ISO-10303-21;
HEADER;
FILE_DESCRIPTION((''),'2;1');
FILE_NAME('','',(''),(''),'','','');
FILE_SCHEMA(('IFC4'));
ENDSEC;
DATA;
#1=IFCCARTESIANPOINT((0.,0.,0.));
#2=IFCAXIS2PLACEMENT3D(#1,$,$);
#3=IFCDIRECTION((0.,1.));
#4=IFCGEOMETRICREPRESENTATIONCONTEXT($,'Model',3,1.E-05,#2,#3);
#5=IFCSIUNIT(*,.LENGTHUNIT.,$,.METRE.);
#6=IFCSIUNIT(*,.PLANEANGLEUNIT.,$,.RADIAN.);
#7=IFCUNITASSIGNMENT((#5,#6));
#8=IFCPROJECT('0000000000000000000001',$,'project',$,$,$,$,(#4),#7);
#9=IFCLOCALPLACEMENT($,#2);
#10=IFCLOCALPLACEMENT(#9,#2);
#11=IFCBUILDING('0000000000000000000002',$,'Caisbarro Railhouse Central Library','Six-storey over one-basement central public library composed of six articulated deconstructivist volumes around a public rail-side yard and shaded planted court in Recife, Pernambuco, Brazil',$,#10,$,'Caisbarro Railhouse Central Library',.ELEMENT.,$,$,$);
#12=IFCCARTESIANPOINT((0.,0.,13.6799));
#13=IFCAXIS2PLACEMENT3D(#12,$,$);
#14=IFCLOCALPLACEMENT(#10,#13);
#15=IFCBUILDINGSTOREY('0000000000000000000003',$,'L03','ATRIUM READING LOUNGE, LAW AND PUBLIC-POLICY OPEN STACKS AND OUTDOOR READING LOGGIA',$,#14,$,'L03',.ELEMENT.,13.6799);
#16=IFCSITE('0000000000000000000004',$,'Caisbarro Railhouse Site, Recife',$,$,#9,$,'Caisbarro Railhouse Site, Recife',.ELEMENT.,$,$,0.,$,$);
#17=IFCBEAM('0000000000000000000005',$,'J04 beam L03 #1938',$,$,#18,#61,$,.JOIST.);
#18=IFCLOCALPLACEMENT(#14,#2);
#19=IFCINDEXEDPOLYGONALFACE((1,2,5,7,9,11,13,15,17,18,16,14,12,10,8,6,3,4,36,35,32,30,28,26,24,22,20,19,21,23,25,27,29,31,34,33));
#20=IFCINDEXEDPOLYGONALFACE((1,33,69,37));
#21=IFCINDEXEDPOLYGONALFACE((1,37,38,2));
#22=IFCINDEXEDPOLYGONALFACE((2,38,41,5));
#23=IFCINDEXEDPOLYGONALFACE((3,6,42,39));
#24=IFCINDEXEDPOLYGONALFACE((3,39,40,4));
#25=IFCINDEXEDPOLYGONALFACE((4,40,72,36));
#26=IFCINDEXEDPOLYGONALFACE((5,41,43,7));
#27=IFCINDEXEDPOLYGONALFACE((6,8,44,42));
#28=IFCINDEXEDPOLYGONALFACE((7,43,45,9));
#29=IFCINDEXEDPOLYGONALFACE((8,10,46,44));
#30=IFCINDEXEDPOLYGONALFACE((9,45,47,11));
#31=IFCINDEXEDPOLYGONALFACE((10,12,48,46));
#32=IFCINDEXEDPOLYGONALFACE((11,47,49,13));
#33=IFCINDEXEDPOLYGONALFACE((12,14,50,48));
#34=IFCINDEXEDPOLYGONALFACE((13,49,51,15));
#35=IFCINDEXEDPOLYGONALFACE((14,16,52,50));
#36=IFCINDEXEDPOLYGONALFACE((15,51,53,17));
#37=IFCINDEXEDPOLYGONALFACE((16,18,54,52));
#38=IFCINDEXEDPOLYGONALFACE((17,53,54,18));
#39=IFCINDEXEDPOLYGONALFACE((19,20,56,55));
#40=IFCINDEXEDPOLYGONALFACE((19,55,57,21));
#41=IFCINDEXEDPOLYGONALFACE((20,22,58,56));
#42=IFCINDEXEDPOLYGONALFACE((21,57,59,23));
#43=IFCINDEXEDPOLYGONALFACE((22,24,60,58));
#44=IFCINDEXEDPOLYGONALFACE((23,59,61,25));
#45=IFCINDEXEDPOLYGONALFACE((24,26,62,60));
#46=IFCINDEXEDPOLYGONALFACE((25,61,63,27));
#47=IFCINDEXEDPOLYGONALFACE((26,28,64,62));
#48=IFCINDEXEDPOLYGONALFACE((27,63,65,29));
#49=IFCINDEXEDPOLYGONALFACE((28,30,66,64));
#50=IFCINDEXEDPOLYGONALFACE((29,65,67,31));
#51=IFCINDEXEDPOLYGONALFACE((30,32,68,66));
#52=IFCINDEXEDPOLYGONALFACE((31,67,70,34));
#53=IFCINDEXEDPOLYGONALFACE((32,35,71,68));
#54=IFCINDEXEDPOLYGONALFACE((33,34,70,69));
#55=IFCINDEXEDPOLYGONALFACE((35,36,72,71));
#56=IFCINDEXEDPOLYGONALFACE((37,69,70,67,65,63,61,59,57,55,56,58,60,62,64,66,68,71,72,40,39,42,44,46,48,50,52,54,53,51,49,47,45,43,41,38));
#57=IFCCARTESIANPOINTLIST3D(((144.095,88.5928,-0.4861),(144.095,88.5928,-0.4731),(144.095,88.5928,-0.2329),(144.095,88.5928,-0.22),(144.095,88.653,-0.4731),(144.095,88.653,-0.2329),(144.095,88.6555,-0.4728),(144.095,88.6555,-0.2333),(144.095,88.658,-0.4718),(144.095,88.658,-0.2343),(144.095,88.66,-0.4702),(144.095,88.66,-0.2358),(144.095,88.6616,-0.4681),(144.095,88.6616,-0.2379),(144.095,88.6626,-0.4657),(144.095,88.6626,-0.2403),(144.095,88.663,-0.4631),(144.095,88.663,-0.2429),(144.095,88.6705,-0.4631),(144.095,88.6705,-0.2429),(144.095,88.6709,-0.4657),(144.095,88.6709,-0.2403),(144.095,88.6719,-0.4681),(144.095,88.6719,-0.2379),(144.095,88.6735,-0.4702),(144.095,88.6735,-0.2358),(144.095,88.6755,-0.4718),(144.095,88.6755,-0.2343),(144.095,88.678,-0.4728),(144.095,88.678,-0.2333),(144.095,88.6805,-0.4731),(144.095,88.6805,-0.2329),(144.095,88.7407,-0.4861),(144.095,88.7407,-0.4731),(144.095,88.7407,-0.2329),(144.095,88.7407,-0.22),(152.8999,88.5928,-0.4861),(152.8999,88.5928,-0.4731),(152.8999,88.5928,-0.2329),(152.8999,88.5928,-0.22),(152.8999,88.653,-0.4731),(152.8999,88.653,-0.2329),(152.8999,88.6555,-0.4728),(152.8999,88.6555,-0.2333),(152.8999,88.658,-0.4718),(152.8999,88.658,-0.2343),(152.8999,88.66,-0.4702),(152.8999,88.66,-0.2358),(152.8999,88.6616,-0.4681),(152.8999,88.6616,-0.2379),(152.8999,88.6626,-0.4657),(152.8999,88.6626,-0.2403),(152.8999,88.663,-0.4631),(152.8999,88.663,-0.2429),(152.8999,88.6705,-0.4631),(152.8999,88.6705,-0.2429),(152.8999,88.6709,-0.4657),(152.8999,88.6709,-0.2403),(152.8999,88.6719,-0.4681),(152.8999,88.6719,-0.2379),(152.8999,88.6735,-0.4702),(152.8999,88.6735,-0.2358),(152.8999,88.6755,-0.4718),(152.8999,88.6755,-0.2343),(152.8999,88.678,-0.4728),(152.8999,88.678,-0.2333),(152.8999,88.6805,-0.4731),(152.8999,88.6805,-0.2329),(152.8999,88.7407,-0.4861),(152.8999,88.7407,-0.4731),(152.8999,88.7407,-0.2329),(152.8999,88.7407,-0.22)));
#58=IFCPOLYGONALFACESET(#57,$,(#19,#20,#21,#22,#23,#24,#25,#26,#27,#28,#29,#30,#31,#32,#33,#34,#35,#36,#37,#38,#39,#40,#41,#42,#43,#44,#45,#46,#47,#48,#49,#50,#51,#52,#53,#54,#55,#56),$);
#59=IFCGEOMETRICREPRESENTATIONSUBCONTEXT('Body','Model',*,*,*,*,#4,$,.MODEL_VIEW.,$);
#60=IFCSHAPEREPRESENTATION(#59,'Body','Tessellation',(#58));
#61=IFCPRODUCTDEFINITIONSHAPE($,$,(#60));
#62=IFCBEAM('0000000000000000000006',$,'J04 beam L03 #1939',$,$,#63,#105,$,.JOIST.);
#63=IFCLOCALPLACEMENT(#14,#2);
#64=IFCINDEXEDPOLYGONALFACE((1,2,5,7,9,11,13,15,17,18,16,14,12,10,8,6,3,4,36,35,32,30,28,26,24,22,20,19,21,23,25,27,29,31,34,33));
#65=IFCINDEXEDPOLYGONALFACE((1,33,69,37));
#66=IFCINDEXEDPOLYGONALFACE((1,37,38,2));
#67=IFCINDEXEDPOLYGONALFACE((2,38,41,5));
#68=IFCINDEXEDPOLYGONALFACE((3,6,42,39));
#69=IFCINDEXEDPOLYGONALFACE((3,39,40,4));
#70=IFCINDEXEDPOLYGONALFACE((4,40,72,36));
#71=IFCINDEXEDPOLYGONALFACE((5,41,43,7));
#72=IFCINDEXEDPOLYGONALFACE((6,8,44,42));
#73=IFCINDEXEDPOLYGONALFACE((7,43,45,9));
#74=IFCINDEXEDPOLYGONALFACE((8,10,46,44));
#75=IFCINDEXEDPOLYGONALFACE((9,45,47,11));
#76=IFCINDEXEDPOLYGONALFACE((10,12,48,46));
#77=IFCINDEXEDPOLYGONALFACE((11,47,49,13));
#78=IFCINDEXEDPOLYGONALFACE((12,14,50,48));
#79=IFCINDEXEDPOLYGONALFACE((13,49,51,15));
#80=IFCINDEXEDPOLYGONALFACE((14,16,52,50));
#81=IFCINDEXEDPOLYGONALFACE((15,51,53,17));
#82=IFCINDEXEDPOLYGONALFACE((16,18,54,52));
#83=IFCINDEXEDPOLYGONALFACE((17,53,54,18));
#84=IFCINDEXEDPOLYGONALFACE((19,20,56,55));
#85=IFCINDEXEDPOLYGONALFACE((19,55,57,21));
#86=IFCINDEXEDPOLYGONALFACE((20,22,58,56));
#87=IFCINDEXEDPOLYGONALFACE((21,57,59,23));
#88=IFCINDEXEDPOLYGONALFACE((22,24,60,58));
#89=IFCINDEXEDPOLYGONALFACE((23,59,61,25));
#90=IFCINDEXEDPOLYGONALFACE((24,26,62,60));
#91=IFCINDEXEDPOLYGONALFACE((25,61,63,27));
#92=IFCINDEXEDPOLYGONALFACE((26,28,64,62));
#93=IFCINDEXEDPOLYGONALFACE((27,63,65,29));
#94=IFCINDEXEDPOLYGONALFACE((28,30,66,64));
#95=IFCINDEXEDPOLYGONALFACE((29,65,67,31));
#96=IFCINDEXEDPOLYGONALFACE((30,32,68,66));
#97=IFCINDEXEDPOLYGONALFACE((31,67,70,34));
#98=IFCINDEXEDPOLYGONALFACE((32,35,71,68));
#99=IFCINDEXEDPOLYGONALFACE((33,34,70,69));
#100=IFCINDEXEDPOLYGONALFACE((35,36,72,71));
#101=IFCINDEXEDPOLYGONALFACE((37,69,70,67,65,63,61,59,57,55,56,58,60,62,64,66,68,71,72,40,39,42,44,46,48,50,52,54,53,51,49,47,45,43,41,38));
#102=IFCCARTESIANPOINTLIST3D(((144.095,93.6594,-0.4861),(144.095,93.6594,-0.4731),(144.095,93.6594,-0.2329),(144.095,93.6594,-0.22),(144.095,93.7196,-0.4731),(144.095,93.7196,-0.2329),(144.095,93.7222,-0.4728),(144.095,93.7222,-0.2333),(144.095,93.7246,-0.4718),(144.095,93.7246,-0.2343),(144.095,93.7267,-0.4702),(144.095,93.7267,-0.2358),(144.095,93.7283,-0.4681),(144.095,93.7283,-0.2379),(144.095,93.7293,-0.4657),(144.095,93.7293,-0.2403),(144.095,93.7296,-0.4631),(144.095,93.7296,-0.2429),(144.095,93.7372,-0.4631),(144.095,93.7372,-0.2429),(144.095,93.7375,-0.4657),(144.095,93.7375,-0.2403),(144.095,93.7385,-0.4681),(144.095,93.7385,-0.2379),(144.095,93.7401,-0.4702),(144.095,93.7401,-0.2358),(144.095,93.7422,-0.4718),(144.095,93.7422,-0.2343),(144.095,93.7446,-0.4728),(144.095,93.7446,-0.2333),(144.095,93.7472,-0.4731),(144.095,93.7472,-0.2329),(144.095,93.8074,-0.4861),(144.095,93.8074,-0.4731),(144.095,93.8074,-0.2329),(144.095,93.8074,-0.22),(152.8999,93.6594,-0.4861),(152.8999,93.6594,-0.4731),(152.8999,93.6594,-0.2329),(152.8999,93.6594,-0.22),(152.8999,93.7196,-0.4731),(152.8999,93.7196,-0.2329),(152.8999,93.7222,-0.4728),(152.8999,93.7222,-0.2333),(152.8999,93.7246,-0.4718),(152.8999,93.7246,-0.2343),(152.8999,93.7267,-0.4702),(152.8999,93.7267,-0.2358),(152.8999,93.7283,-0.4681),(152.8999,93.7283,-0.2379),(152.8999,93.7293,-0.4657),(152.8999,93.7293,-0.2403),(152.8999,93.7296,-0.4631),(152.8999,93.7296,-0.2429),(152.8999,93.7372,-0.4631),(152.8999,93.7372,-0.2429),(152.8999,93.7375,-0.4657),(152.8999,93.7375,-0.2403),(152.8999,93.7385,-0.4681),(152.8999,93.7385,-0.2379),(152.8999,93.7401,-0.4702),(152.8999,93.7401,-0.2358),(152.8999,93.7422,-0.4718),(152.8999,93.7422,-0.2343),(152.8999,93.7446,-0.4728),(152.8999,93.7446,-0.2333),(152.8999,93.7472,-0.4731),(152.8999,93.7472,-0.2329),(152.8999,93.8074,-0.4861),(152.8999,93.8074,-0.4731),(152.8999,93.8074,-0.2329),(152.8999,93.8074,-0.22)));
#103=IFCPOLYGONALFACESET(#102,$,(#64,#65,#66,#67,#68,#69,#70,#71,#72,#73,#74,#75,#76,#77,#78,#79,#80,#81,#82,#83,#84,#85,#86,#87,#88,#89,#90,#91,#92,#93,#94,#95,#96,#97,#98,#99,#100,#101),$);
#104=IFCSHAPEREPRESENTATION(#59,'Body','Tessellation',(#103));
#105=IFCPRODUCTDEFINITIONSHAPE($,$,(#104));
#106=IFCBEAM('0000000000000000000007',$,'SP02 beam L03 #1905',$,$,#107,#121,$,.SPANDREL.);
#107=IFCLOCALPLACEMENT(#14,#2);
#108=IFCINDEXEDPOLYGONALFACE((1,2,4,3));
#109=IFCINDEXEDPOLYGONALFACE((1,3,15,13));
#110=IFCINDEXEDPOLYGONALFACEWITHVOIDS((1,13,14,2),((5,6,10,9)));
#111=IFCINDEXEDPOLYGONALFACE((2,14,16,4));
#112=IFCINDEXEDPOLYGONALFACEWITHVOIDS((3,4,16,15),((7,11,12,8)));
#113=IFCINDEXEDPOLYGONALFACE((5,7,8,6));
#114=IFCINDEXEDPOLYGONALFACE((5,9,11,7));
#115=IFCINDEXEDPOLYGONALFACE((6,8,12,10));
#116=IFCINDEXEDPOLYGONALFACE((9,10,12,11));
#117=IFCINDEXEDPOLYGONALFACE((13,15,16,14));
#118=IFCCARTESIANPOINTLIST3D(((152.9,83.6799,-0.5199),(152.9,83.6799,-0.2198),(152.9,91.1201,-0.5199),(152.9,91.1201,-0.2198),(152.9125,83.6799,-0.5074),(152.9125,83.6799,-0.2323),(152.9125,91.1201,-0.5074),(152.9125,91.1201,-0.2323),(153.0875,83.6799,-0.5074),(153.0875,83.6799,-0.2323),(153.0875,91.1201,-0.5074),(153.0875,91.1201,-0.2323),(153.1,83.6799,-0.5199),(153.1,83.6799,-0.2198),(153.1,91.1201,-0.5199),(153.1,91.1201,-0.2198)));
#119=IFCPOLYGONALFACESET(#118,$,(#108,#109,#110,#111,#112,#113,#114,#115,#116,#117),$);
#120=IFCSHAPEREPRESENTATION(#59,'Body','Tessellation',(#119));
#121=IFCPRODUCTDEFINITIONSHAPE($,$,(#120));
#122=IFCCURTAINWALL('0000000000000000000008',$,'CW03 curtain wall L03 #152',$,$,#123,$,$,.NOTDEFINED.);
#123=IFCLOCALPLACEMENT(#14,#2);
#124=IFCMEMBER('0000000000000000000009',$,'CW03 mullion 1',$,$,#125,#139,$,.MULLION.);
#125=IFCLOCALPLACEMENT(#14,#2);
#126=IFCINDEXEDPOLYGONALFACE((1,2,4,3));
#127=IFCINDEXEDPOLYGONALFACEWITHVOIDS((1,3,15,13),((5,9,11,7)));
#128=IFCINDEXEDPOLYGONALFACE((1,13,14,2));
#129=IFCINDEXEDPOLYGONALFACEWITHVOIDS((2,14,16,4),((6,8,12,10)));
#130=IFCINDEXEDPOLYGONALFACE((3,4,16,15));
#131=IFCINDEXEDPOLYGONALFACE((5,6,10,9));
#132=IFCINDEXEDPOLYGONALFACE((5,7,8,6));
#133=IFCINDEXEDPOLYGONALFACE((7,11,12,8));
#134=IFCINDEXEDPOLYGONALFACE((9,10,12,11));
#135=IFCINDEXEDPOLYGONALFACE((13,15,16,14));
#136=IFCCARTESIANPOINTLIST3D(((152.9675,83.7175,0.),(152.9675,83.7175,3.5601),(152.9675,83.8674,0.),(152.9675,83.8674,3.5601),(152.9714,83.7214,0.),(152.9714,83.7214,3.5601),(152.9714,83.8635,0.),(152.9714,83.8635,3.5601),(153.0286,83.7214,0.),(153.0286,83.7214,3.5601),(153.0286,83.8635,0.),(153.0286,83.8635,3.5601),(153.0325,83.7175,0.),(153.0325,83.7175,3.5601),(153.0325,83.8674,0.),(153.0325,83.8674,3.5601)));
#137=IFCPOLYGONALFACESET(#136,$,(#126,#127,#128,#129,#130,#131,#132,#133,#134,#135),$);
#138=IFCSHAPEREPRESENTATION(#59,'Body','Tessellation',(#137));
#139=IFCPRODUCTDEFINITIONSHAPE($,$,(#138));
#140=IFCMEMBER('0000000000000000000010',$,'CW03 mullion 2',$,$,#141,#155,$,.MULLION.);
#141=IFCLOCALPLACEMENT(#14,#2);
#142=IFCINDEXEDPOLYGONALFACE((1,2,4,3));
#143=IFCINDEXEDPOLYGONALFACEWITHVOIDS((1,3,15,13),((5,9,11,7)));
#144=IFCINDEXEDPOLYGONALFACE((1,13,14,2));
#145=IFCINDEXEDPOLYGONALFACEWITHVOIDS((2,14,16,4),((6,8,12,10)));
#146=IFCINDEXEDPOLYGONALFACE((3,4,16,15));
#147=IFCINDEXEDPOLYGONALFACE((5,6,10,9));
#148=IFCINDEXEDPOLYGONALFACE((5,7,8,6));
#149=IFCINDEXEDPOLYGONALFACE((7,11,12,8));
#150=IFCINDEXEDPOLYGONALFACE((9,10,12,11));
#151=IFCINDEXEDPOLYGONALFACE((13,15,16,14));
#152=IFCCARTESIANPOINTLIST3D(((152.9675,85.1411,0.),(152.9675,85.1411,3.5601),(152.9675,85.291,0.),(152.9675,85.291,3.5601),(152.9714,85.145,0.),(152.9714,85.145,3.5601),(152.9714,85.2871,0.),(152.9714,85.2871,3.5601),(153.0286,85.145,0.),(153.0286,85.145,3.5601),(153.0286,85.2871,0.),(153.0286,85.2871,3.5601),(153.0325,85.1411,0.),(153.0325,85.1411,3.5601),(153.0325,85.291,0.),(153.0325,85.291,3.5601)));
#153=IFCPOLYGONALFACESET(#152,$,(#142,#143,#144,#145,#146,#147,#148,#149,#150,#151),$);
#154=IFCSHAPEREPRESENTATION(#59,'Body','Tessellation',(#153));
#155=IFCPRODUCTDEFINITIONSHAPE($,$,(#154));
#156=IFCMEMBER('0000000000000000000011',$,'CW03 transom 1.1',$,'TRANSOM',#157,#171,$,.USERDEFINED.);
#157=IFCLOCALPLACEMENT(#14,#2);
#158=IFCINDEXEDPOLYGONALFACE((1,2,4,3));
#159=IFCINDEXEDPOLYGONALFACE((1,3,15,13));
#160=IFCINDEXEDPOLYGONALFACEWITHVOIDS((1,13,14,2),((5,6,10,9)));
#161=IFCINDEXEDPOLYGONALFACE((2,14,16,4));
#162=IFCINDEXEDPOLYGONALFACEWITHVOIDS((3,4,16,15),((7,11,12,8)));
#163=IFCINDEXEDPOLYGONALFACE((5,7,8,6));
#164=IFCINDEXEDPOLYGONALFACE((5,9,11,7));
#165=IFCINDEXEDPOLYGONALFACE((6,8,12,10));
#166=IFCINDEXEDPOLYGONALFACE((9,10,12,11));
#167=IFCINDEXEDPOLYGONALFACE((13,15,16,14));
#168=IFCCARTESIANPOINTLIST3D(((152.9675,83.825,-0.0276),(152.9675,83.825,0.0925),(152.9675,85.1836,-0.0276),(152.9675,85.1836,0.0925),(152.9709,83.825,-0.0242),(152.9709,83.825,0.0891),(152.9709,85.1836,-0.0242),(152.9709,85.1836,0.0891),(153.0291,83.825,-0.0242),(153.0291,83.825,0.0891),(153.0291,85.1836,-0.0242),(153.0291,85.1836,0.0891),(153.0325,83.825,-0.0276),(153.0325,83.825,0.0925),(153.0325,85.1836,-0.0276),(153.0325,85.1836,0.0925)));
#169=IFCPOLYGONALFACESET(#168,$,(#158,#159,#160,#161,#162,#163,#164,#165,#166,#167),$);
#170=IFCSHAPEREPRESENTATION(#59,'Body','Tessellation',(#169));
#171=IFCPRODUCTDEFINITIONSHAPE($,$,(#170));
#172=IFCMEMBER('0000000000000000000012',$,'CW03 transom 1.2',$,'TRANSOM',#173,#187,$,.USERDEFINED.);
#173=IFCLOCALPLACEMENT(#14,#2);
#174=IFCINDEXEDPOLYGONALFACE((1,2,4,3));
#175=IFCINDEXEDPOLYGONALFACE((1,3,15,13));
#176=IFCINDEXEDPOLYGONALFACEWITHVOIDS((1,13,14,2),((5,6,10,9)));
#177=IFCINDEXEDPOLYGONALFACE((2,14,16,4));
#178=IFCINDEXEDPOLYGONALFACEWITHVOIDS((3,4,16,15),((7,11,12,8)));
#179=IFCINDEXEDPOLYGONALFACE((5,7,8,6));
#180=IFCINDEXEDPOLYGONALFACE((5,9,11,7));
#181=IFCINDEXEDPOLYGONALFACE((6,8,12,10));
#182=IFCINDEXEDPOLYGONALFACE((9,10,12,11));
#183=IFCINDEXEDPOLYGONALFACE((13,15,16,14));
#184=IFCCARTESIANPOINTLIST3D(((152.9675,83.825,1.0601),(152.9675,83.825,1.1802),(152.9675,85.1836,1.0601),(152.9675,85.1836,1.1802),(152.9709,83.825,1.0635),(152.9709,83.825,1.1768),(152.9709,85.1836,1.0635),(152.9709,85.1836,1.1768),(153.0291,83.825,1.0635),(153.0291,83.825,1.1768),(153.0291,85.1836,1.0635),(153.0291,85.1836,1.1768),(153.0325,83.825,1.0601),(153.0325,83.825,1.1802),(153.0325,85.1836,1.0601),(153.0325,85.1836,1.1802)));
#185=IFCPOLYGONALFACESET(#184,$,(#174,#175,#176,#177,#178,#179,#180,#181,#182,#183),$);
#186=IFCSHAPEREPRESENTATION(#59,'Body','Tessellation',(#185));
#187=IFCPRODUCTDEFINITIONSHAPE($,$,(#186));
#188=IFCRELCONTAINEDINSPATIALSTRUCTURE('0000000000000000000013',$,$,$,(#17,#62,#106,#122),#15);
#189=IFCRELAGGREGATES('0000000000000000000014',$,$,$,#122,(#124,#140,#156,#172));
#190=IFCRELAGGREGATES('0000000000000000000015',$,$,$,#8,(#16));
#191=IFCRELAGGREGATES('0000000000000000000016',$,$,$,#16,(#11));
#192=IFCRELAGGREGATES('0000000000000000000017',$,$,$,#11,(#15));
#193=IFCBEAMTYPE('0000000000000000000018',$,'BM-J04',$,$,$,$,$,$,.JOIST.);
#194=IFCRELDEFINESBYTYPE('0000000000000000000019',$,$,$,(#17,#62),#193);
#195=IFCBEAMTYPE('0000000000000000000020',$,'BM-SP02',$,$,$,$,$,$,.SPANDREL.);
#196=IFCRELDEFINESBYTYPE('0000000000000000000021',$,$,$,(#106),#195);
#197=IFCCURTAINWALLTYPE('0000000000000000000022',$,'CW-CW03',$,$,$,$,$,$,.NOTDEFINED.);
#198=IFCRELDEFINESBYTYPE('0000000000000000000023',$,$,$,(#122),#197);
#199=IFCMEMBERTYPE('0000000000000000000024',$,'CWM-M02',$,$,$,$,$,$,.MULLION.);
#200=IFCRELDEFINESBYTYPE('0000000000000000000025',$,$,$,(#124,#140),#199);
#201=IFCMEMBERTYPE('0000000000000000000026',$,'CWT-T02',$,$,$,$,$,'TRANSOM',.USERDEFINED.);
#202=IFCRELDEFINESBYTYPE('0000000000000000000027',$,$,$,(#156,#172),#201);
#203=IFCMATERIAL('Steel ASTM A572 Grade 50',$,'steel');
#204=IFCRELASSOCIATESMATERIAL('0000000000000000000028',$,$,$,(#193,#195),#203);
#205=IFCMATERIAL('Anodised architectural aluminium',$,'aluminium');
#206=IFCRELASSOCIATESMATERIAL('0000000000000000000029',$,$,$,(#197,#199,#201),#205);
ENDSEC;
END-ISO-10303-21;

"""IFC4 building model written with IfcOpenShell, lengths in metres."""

from ifc_helpers import new_model, si_unit, direction, frame, origin, origin_2d, place, context, subcontext, project, spatial, hollow_rectangle, i_section, extrude, material, material_profile, profile_set, type_object, element, aggregate, save


model = new_model("IFC4")

# Units and contexts
model_context = context("Model", 3, precision=1e-05, world=origin(), true_north=direction((0.0, 1.0)))
body_context = subcontext(model_context, "Body", "Model", "MODEL_VIEW")
ifc_project = project(units=[si_unit("LENGTHUNIT", "METRE"), si_unit("PLANEANGLEUNIT", "RADIAN")], contexts=[model_context])

# Site, building, storey
site_placement = place(None, origin())
site = spatial("IfcSite", under=ifc_project, at=site_placement, Name="Caisbarro Railhouse Site, Recife", LongName="Caisbarro Railhouse Site, Recife", CompositionType="ELEMENT", RefElevation=0.0)
building_placement = place(site_placement, origin())
building = spatial("IfcBuilding", under=site, at=building_placement, Name="Caisbarro Railhouse Central Library", Description="Six-storey over one-basement central public library composed of six articulated deconstructivist volumes around a public rail-side yard and shaded planted court in Recife, Pernambuco, Brazil", LongName="Caisbarro Railhouse Central Library", CompositionType="ELEMENT")
storey_placement = place(building_placement, frame((0.0, 0.0, 13.6799)))
storey = spatial("IfcBuildingStorey", under=building, at=storey_placement, Name="L03", Description="ATRIUM READING LOUNGE, LAW AND PUBLIC-POLICY OPEN STACKS AND OUTDOOR READING LOGGIA", LongName="L03", CompositionType="ELEMENT", Elevation=13.6799)

# Shared definitions
ifc_material_1 = material(Name="Steel ASTM A572 Grade 50", Category="steel")

# Beams
ifc_material_profile_1 = material_profile(ifc_material_1, i_section(OverallWidth=0.1479, OverallDepth=0.2661, WebThickness=0.0076, FlangeThickness=0.0129, FilletRadius=0.01, at=origin_2d()), Name="W250X44.8")
ifc_profile_set_1 = profile_set([ifc_material_profile_1], Name="Steel ASTM A572 Grade 50")
beam_type_1 = type_object("IfcBeamType", Name="BM-J04", PredefinedType="JOIST", material=ifc_profile_set_1)
for number, where, z_axis, x_axis, name in (
    (1, (144.095, 88.6667, -0.353), (1.0, 0.0, 0.0), (0.0, 1.0, 0.0), "J04 beam L03 #1938"),
    (2, (144.095, 93.7334, -0.353), (1.0, 0.0, 0.0), (0.0, 1.0, 0.0), "J04 beam L03 #1939"),
):
    element("IfcBeam", number, at=place(storey_placement, frame(where, z_axis=z_axis, x_axis=x_axis)), inside=storey, type_object=beam_type_1, Name=name, PredefinedType="JOIST", context=body_context, shape_type="SweptSolid", body=[
        extrude(i_section(OverallWidth=0.1479, OverallDepth=0.2661, WebThickness=0.0076, FlangeThickness=0.0129, FilletRadius=0.01, at=origin_2d()), origin(), (0.0, 0.0, 1.0), 8.8049),
    ])
ifc_material_profile_2 = material_profile(ifc_material_1, hollow_rectangle(XDim=0.2, YDim=0.3, WallThickness=0.0125, at=origin_2d()), Name="HSS300X200X12.5")
ifc_profile_set_2 = profile_set([ifc_material_profile_2], Name="Steel ASTM A572 Grade 50")
beam_type_2 = type_object("IfcBeamType", Name="BM-SP02", PredefinedType="SPANDREL", material=ifc_profile_set_2)
beam_1_placement = place(storey_placement, frame((153.0, 83.6799, -0.3699), z_axis=(0.0, 1.0, 0.0), x_axis=(-1.0, 0.0, 0.0)))
element("IfcBeam", 3, at=beam_1_placement, inside=storey, type_object=beam_type_2, Name="SP02 beam L03 #1905", PredefinedType="SPANDREL", context=body_context, shape_type="SweptSolid", body=[
    extrude(hollow_rectangle(XDim=0.2, YDim=0.3, WallThickness=0.0125, at=origin_2d()), origin(), (0.0, 0.0, 1.0), 7.4402),
])

# Curtain wall, members
ifc_material_2 = material(Name="Anodised architectural aluminium", Category="aluminium")
curtain_wall_type = type_object("IfcCurtainWallType", Name="CW-CW03", PredefinedType="NOTDEFINED", material=ifc_material_2)
curtain_wall_placement = place(storey_placement, origin())
curtain_wall = element("IfcCurtainWall", 4, at=curtain_wall_placement, inside=storey, type_object=curtain_wall_type, Name="CW03 curtain wall L03 #152", PredefinedType="NOTDEFINED")
ifc_material_profile_3 = material_profile(ifc_material_2, hollow_rectangle(XDim=0.0649, YDim=0.1499, WallThickness=0.0039, at=origin_2d()), Name="ALU-MUL-65X150")
ifc_profile_set_3 = profile_set([ifc_material_profile_3], Name="Anodised architectural aluminium")
member_type_1 = type_object("IfcMemberType", Name="CWM-M02", PredefinedType="MULLION", material=ifc_profile_set_3)
member_1_placement = place(storey_placement, frame((153.0, 83.7925, 0.0), z_axis=(0.0, 0.0, 1.0), x_axis=(-1.0, 0.0, 0.0)))
member_1 = element("IfcMember", 5, at=member_1_placement, type_object=member_type_1, Name="CW03 mullion 1", PredefinedType="MULLION", context=body_context, shape_type="SweptSolid", body=[
    extrude(hollow_rectangle(XDim=0.0649, YDim=0.1499, WallThickness=0.0039, at=origin_2d()), origin(), (0.0, 0.0, 1.0), 3.5601),
])
member_2_placement = place(storey_placement, frame((153.0, 85.2161, 0.0), z_axis=(0.0, 0.0, 1.0), x_axis=(-1.0, 0.0, 0.0)))
member_2 = element("IfcMember", 6, at=member_2_placement, type_object=member_type_1, Name="CW03 mullion 2", PredefinedType="MULLION", context=body_context, shape_type="SweptSolid", body=[
    extrude(hollow_rectangle(XDim=0.0649, YDim=0.1499, WallThickness=0.0039, at=origin_2d()), origin(), (0.0, 0.0, 1.0), 3.5601),
])
ifc_material_profile_4 = material_profile(ifc_material_2, hollow_rectangle(XDim=0.0649, YDim=0.1201, WallThickness=0.0034, at=origin_2d()), Name="ALU-TRN-65X120")
ifc_profile_set_4 = profile_set([ifc_material_profile_4], Name="Anodised architectural aluminium")
member_type_2 = type_object("IfcMemberType", Name="CWT-T02", ElementType="TRANSOM", PredefinedType="USERDEFINED", material=ifc_profile_set_4)
member_3_placement = place(storey_placement, frame((153.0, 83.825, 0.0325), z_axis=(0.0, 1.0, 0.0), x_axis=(-1.0, 0.0, 0.0)))
member_3 = element("IfcMember", 7, at=member_3_placement, type_object=member_type_2, Name="CW03 transom 1.1", ObjectType="TRANSOM", PredefinedType="USERDEFINED", context=body_context, shape_type="SweptSolid", body=[
    extrude(hollow_rectangle(XDim=0.0649, YDim=0.1201, WallThickness=0.0034, at=origin_2d()), origin(), (0.0, 0.0, 1.0), 1.3586),
])
member_4_placement = place(storey_placement, frame((153.0, 83.825, 1.1201), z_axis=(0.0, 1.0, 0.0), x_axis=(-1.0, 0.0, 0.0)))
member_4 = element("IfcMember", 8, at=member_4_placement, type_object=member_type_2, Name="CW03 transom 1.2", ObjectType="TRANSOM", PredefinedType="USERDEFINED", context=body_context, shape_type="SweptSolid", body=[
    extrude(hollow_rectangle(XDim=0.0649, YDim=0.1201, WallThickness=0.0034, at=origin_2d()), origin(), (0.0, 0.0, 1.0), 1.3586),
])

aggregate(curtain_wall, [member_1, member_2, member_3, member_4])

save(model, "model.ifc")
